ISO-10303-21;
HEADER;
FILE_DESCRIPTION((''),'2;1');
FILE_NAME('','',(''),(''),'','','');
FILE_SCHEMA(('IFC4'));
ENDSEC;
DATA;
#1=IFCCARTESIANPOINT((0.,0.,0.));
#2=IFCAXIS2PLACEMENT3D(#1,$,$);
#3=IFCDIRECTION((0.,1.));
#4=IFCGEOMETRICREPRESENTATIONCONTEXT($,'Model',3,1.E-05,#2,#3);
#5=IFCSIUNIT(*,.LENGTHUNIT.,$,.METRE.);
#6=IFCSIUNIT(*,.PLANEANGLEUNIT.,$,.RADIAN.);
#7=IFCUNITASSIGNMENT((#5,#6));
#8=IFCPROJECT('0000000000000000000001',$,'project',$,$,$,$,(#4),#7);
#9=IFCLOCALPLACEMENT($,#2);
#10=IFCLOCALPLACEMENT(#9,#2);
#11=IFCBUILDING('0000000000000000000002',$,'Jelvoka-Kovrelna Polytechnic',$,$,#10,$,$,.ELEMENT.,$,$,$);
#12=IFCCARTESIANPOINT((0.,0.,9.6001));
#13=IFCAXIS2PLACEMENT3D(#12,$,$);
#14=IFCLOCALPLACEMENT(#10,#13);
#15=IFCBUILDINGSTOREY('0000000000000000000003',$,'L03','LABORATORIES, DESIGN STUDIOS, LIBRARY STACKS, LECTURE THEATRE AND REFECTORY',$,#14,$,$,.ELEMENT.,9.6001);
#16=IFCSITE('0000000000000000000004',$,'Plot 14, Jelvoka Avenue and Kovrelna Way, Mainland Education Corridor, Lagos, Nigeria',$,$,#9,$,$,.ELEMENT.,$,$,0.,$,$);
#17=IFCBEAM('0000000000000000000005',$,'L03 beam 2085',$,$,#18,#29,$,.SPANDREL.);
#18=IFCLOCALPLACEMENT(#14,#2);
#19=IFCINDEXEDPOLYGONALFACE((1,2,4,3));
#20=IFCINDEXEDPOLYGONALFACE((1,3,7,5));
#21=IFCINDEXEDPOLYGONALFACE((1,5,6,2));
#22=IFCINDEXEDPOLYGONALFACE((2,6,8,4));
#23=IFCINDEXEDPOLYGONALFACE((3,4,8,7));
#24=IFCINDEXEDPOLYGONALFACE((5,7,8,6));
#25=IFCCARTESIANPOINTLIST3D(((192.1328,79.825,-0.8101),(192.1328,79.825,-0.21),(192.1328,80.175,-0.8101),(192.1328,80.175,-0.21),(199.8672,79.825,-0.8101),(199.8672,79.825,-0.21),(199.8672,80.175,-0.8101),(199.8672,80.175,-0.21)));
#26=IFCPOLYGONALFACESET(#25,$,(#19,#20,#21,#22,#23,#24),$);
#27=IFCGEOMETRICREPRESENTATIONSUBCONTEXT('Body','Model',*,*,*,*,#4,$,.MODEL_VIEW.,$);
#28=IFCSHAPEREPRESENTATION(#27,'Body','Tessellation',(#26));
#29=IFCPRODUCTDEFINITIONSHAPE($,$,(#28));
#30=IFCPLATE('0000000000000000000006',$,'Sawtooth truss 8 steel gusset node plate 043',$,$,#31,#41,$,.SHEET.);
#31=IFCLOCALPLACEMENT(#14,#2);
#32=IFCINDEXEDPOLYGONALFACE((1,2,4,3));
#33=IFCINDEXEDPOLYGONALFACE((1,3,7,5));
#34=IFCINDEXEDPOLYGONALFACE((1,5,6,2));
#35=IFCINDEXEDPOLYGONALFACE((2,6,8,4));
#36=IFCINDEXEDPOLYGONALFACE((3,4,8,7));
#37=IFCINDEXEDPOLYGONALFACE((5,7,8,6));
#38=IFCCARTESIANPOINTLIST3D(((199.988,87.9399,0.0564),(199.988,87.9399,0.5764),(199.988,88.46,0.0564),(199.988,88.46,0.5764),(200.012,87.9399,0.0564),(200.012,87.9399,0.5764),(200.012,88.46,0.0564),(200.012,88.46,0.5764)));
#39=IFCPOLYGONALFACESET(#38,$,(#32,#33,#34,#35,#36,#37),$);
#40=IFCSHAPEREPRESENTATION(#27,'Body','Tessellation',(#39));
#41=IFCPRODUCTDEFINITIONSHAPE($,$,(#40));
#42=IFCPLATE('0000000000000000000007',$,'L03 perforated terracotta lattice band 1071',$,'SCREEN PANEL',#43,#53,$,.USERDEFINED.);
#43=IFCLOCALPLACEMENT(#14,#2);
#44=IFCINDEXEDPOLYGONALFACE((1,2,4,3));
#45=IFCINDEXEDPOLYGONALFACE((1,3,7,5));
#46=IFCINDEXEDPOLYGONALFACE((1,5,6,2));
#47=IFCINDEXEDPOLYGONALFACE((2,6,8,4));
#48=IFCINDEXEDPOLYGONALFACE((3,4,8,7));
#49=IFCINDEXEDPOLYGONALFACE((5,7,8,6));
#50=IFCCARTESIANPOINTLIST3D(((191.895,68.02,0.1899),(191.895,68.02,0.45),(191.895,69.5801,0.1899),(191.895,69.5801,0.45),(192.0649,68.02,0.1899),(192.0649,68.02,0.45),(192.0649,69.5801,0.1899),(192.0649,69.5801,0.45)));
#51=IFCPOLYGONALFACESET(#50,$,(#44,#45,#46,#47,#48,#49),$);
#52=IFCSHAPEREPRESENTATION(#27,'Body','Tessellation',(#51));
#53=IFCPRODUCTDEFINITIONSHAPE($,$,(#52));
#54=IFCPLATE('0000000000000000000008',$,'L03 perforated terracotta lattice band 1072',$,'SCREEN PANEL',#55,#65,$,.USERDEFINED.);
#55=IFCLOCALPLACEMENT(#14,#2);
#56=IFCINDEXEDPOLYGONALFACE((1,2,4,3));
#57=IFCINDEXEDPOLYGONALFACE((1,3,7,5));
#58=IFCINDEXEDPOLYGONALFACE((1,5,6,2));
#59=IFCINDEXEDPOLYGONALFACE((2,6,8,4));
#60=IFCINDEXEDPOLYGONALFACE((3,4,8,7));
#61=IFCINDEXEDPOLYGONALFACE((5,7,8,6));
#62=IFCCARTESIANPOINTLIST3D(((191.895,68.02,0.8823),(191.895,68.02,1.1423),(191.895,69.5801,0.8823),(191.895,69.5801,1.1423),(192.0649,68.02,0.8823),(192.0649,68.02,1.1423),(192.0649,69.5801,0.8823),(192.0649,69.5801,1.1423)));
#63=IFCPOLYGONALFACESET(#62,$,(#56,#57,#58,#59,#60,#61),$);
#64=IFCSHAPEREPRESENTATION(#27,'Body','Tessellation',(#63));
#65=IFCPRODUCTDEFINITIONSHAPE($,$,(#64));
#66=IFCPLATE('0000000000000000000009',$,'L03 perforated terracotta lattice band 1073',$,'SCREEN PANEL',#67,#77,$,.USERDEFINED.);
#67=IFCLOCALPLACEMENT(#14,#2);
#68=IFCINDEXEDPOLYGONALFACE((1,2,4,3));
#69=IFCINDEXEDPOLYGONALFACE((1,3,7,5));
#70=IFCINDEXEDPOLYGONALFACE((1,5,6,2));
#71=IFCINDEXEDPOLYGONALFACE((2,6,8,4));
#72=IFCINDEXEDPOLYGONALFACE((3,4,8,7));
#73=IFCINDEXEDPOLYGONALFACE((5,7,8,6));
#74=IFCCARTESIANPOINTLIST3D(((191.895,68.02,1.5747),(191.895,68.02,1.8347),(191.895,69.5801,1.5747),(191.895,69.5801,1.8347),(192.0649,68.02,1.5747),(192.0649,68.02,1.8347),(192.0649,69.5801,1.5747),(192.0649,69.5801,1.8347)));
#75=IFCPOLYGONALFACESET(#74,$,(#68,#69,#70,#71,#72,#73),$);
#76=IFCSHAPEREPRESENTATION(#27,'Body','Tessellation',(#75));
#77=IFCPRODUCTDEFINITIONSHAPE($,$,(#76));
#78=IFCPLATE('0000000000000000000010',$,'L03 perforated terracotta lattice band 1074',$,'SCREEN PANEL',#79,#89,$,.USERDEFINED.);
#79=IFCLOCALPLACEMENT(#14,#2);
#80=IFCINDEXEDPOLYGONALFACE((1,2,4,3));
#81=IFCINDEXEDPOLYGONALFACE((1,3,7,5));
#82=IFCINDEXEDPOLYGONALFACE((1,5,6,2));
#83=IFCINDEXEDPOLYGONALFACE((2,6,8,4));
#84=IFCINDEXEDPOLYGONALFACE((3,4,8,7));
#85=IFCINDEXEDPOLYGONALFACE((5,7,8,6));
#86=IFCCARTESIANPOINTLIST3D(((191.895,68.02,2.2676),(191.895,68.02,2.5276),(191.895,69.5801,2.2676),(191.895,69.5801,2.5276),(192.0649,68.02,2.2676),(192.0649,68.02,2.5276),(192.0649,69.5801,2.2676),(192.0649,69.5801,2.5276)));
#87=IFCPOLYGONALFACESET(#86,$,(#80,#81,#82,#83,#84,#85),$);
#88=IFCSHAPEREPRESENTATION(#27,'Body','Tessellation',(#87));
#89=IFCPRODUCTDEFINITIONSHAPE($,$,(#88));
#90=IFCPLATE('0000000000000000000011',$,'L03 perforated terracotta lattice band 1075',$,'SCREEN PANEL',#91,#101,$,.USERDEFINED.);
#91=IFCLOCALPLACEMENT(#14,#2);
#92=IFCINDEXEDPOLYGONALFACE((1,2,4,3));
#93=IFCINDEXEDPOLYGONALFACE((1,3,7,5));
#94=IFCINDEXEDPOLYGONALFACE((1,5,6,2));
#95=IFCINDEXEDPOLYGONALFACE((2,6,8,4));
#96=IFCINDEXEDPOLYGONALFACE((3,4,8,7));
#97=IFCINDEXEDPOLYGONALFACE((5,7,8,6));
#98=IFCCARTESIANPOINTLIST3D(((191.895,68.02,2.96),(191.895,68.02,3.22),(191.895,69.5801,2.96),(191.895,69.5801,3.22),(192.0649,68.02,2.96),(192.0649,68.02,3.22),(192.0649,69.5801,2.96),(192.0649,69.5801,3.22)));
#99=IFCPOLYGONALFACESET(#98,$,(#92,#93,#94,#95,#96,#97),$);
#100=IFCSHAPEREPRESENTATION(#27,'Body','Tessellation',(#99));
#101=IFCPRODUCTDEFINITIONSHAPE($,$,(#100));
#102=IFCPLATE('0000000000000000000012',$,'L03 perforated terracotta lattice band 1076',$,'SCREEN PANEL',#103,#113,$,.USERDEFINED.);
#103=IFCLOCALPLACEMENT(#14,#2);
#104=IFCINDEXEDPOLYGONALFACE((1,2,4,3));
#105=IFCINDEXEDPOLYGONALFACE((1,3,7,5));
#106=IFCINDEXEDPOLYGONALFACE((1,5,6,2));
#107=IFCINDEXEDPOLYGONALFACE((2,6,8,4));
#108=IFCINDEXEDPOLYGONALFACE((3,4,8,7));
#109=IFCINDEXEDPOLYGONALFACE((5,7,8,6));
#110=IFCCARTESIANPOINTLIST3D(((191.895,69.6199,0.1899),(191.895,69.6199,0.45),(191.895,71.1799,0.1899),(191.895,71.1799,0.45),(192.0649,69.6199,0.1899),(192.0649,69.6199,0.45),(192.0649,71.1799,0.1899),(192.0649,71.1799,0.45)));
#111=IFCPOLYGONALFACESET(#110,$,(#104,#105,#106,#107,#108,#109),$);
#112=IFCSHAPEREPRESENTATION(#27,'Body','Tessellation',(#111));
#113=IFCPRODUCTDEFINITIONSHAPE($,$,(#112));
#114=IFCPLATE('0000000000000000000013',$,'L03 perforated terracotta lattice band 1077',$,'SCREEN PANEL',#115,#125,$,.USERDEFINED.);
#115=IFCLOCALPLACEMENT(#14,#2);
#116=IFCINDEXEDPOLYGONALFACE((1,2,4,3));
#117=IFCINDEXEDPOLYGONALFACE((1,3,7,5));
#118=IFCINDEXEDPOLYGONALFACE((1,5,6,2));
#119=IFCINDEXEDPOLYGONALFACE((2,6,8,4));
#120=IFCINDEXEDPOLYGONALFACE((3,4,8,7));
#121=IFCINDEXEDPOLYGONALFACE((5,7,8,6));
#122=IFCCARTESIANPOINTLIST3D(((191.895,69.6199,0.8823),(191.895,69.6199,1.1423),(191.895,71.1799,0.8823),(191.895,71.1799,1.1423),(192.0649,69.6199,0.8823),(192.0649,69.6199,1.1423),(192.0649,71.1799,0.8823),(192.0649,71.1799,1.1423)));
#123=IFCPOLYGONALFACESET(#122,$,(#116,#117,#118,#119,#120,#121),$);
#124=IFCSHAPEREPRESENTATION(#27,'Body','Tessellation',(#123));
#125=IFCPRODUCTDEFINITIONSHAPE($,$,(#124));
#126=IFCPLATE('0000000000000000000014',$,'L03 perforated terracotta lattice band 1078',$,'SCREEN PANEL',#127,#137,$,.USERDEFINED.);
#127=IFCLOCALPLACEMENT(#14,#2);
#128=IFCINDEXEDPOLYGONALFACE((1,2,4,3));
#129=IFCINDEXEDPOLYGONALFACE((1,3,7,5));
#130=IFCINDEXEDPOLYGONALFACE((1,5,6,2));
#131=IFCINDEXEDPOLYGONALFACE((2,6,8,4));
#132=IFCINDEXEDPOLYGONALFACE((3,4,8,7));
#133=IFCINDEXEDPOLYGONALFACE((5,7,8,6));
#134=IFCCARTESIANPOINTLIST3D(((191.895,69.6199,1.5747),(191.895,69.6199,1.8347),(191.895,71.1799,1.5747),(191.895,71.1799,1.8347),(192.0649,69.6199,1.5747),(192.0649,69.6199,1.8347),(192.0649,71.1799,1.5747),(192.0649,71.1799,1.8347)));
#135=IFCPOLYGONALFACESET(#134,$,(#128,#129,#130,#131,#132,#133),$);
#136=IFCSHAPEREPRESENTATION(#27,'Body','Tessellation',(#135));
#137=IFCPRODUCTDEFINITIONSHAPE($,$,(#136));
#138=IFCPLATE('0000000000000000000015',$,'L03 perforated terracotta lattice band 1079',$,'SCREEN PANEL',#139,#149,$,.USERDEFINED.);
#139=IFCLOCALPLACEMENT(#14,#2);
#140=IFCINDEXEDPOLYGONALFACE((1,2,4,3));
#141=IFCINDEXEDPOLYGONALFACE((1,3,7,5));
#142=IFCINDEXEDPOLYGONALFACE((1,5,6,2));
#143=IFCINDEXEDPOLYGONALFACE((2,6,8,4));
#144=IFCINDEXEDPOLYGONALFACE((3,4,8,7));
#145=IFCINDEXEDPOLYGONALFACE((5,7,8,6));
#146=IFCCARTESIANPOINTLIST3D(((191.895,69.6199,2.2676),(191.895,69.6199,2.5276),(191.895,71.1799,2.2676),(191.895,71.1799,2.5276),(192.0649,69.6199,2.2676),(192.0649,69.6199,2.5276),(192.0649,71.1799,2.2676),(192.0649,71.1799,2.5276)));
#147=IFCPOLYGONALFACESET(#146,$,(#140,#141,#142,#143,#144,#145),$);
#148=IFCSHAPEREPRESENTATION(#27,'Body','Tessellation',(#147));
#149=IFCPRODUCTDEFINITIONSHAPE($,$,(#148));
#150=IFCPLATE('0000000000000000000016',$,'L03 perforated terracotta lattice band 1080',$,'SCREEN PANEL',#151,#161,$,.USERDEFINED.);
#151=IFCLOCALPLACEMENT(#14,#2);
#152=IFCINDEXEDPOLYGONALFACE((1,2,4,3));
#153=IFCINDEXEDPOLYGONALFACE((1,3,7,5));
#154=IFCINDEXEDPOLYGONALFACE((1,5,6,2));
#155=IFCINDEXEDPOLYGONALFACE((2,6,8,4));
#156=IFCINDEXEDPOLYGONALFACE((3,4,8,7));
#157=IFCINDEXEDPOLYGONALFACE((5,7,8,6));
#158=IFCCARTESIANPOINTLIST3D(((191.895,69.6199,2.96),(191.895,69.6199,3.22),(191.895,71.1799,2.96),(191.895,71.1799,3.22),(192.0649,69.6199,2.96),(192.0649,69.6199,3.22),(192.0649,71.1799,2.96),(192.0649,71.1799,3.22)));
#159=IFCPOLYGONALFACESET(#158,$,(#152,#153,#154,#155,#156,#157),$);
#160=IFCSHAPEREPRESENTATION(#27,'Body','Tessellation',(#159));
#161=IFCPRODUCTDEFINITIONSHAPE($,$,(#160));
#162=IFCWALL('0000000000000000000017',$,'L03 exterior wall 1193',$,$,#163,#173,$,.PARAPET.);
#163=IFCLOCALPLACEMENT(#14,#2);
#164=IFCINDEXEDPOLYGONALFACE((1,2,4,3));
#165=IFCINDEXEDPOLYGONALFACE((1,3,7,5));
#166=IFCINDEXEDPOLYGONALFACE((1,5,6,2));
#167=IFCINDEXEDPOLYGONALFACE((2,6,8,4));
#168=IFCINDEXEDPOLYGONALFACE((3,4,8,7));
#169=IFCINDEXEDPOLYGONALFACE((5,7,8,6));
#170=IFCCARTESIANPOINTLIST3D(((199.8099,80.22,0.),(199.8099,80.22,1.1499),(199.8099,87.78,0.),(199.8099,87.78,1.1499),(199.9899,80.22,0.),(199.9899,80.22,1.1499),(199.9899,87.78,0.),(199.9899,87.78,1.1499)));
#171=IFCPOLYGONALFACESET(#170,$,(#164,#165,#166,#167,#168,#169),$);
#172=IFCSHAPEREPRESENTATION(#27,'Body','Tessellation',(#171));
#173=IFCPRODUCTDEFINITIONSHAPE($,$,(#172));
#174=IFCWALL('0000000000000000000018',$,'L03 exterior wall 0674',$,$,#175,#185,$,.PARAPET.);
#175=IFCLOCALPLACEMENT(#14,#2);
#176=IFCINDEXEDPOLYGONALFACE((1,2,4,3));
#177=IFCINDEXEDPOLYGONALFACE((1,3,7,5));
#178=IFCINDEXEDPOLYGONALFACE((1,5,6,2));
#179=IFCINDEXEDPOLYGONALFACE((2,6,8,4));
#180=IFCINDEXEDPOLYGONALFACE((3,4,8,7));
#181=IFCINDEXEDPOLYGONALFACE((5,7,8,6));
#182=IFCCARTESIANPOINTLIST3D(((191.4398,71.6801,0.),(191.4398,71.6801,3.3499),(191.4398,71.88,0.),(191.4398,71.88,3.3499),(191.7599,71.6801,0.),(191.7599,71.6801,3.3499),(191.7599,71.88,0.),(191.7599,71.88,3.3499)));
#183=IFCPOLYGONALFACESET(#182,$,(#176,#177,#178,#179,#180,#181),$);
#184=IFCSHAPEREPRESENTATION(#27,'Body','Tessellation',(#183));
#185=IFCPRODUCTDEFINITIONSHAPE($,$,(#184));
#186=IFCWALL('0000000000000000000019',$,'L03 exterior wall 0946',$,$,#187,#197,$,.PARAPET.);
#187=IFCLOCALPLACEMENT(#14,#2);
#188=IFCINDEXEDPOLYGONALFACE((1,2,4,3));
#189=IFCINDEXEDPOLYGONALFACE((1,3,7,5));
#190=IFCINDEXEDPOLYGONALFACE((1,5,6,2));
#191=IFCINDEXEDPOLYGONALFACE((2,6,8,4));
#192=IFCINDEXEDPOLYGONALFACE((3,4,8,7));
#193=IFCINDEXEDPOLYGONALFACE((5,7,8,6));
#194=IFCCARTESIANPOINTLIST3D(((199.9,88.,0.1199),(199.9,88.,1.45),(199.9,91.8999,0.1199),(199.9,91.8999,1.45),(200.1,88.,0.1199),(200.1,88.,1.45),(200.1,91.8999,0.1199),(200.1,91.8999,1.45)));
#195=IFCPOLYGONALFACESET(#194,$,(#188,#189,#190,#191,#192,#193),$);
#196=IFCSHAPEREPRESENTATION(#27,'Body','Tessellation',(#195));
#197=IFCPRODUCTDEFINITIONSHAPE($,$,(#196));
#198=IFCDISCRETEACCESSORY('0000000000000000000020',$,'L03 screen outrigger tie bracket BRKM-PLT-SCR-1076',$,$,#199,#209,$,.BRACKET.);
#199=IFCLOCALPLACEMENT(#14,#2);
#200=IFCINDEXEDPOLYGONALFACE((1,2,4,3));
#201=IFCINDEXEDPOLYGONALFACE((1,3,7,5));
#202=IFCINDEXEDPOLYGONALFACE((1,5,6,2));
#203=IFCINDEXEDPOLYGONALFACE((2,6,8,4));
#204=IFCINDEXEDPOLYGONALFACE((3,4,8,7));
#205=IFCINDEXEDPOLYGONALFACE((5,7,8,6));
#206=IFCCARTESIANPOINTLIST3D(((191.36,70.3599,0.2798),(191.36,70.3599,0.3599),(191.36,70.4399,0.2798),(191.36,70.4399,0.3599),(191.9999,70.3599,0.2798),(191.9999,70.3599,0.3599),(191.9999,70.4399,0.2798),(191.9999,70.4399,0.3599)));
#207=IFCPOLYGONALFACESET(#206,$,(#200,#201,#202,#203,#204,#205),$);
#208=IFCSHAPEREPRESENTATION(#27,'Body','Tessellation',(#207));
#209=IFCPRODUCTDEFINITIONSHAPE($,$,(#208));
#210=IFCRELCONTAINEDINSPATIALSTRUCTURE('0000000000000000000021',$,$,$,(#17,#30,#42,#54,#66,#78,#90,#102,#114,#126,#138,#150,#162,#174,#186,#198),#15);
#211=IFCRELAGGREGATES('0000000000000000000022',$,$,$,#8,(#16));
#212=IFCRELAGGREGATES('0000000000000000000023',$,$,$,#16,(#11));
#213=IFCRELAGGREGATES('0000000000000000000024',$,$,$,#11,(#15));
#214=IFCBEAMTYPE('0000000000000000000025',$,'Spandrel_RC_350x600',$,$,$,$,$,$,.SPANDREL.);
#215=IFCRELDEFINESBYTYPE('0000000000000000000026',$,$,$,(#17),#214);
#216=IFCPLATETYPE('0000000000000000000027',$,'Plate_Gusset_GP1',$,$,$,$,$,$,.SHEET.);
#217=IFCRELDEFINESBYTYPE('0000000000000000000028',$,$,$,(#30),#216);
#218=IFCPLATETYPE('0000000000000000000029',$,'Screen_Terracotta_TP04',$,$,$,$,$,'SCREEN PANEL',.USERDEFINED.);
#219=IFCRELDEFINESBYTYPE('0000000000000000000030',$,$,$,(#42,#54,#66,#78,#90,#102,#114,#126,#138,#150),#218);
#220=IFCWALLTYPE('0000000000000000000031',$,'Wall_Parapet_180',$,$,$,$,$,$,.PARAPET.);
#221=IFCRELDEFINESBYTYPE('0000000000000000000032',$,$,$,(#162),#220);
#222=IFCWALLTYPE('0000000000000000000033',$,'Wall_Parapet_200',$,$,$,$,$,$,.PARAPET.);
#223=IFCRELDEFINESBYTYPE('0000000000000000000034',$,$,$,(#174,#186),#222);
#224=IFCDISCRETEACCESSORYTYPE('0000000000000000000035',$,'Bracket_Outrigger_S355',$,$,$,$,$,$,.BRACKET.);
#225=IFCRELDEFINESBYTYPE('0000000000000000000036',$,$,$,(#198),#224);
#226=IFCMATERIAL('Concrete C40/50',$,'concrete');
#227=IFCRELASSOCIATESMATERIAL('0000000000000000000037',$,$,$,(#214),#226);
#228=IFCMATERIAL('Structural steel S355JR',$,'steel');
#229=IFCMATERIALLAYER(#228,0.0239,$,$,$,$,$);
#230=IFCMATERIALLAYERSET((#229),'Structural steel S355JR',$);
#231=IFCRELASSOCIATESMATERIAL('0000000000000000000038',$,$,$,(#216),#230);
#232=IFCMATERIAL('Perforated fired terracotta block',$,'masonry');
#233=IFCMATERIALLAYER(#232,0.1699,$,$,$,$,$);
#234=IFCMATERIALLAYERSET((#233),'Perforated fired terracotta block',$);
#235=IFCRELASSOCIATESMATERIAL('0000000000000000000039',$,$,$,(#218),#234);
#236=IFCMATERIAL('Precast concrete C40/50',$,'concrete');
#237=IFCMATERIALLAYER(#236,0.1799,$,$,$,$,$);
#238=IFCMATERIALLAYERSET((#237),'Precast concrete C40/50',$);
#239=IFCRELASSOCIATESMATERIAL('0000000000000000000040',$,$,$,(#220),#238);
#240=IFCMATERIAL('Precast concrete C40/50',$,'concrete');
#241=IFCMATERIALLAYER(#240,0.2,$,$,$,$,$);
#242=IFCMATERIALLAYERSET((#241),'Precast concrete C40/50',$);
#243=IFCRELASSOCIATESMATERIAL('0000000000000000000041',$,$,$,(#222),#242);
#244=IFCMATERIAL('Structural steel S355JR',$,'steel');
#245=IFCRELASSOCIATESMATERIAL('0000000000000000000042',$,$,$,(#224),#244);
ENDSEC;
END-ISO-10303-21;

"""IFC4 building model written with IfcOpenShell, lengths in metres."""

from ifc_helpers import new_model, si_unit, direction, frame, frame_2d, origin, origin_2d, place, context, subcontext, project, spatial, rectangle, extrude, material, layer, layer_set, material_profile, profile_set, type_object, element, save


model = new_model("IFC4")

# Units and contexts
model_context = context("Model", 3, precision=1e-05, world=origin(), true_north=direction((0.0, 1.0)))
body_context = subcontext(model_context, "Body", "Model", "MODEL_VIEW")
ifc_project = project(units=[si_unit("LENGTHUNIT", "METRE"), si_unit("PLANEANGLEUNIT", "RADIAN")], contexts=[model_context])

# Site, building, storey
site_placement = place(None, origin())
site = spatial("IfcSite", under=ifc_project, at=site_placement, Name="Plot 14, Jelvoka Avenue and Kovrelna Way, Mainland Education Corridor, Lagos, Nigeria", CompositionType="ELEMENT", RefElevation=0.0)
building_placement = place(site_placement, origin())
building = spatial("IfcBuilding", under=site, at=building_placement, Name="Jelvoka-Kovrelna Polytechnic", CompositionType="ELEMENT")
storey_placement = place(building_placement, frame((0.0, 0.0, 9.6001)))
storey = spatial("IfcBuildingStorey", under=building, at=storey_placement, Name="L03", Description="LABORATORIES, DESIGN STUDIOS, LIBRARY STACKS, LECTURE THEATRE AND REFECTORY", CompositionType="ELEMENT", Elevation=9.6001)

# Beam
ifc_material_1 = material(Name="Concrete C40/50", Category="concrete")
ifc_material_profile_1 = material_profile(ifc_material_1, rectangle(XDim=0.3501, YDim=0.6001, at=origin_2d()), Name="RC 350x600")
ifc_profile_set_1 = profile_set([ifc_material_profile_1], Name="Concrete C40/50")
beam_type_1 = type_object("IfcBeamType", Name="Spandrel_RC_350x600", PredefinedType="SPANDREL", material=ifc_profile_set_1)
beam_1_placement = place(storey_placement, frame((192.1328, 80.0, -0.51), z_axis=(1.0, 0.0, 0.0), x_axis=(0.0, 1.0, 0.0)))
element("IfcBeam", 1, at=beam_1_placement, inside=storey, type_object=beam_type_1, Name="L03 beam 2085", PredefinedType="SPANDREL", context=body_context, shape_type="SweptSolid", body=[
    extrude(rectangle(XDim=0.3501, YDim=0.6001, at=origin_2d()), origin(), (0.0, 0.0, 1.0), 7.7344),
])

# Plates
ifc_material_2 = material(Name="Structural steel S355JR", Category="steel")
ifc_layer_1 = layer(ifc_material_2, 0.0239)
ifc_layer_set_1 = layer_set([ifc_layer_1], Name="Structural steel S355JR")
plate_type_1 = type_object("IfcPlateType", Name="Plate_Gusset_GP1", PredefinedType="SHEET", material=ifc_layer_set_1)
plate_placement = place(storey_placement, frame((200.0, 88.2, 0.0564), z_axis=(0.0, 0.0, 1.0), x_axis=(0.0, 1.0, 0.0)))
element("IfcPlate", 2, at=plate_placement, inside=storey, type_object=plate_type_1, Name="Sawtooth truss 8 steel gusset node plate 043", PredefinedType="SHEET", context=body_context, shape_type="SweptSolid", body=[
    extrude(rectangle(XDim=0.52, YDim=0.0239, at=origin_2d()), origin(), (0.0, 0.0, 1.0), 0.52),
])
ifc_material_3 = material(Name="Perforated fired terracotta block", Category="masonry")
ifc_layer_2 = layer(ifc_material_3, 0.1699)
ifc_layer_set_2 = layer_set([ifc_layer_2], Name="Perforated fired terracotta block")
plate_type_2 = type_object("IfcPlateType", Name="Screen_Terracotta_TP04", ElementType="SCREEN PANEL", PredefinedType="USERDEFINED", material=ifc_layer_set_2)
for number, where, z_axis, x_axis, name in (
    (3, (191.98, 68.8, 0.1899), (0.0, 0.0, 1.0), (0.0, 1.0, 0.0), "L03 perforated terracotta lattice band 1071"),
    (4, (191.98, 68.8, 0.8823), (0.0, 0.0, 1.0), (0.0, 1.0, 0.0), "L03 perforated terracotta lattice band 1072"),
    (5, (191.98, 68.8, 1.5747), (0.0, 0.0, 1.0), (0.0, 1.0, 0.0), "L03 perforated terracotta lattice band 1073"),
    (6, (191.98, 68.8, 2.2676), (0.0, 0.0, 1.0), (0.0, 1.0, 0.0), "L03 perforated terracotta lattice band 1074"),
    (7, (191.98, 68.8, 2.96), (0.0, 0.0, 1.0), (0.0, 1.0, 0.0), "L03 perforated terracotta lattice band 1075"),
    (8, (191.98, 70.3999, 0.1899), (0.0, 0.0, 1.0), (0.0, 1.0, 0.0), "L03 perforated terracotta lattice band 1076"),
    (9, (191.98, 70.3999, 0.8823), (0.0, 0.0, 1.0), (0.0, 1.0, 0.0), "L03 perforated terracotta lattice band 1077"),
    (10, (191.98, 70.3999, 1.5747), (0.0, 0.0, 1.0), (0.0, 1.0, 0.0), "L03 perforated terracotta lattice band 1078"),
    (11, (191.98, 70.3999, 2.2676), (0.0, 0.0, 1.0), (0.0, 1.0, 0.0), "L03 perforated terracotta lattice band 1079"),
    (12, (191.98, 70.3999, 2.96), (0.0, 0.0, 1.0), (0.0, 1.0, 0.0), "L03 perforated terracotta lattice band 1080"),
):
    element("IfcPlate", number, at=place(storey_placement, frame(where, z_axis=z_axis, x_axis=x_axis)), inside=storey, type_object=plate_type_2, Name=name, ObjectType="SCREEN PANEL", PredefinedType="USERDEFINED", context=body_context, shape_type="SweptSolid", body=[
        extrude(rectangle(XDim=1.5601, YDim=0.1699, at=origin_2d()), origin(), (0.0, 0.0, 1.0), 0.26),
    ])

# Walls
ifc_material_4 = material(Name="Precast concrete C40/50", Category="concrete")
ifc_layer_3 = layer(ifc_material_4, 0.1799)
ifc_layer_set_3 = layer_set([ifc_layer_3], Name="Precast concrete C40/50")
wall_type_1 = type_object("IfcWallType", Name="Wall_Parapet_180", PredefinedType="PARAPET", material=ifc_layer_set_3)
wall_1_placement = place(storey_placement, frame((199.8999, 80.22, 0.0), z_axis=(0.0, 0.0, 1.0), x_axis=(0.0, 1.0, 0.0)))
element("IfcWall", 13, at=wall_1_placement, inside=storey, type_object=wall_type_1, Name="L03 exterior wall 1193", PredefinedType="PARAPET", context=body_context, shape_type="SweptSolid", body=[
    extrude(rectangle(XDim=7.5601, YDim=0.1799, at=frame_2d((3.78, 0.0))), origin(), (0.0, 0.0, 1.0), 1.1499),
])
ifc_material_5 = material(Name="Precast concrete C40/50", Category="concrete")
ifc_layer_4 = layer(ifc_material_5, 0.2)
ifc_layer_set_4 = layer_set([ifc_layer_4], Name="Precast concrete C40/50")
wall_type_2 = type_object("IfcWallType", Name="Wall_Parapet_200", PredefinedType="PARAPET", material=ifc_layer_set_4)
wall_2_placement = place(storey_placement, frame((191.76, 71.78, 0.0), z_axis=(0.0, 0.0, 1.0), x_axis=(-1.0, 0.0, 0.0)))
element("IfcWall", 14, at=wall_2_placement, inside=storey, type_object=wall_type_2, Name="L03 exterior wall 0674", PredefinedType="PARAPET", context=body_context, shape_type="SweptSolid", body=[
    extrude(rectangle(XDim=0.3201, YDim=0.2, at=frame_2d((0.1602, 0.0))), origin(), (0.0, 0.0, 1.0), 3.3499),
])
wall_3_placement = place(storey_placement, frame((200.0, 88.0, 0.1199), z_axis=(0.0, 0.0, 1.0), x_axis=(0.0, 1.0, 0.0)))
element("IfcWall", 15, at=wall_3_placement, inside=storey, type_object=wall_type_2, Name="L03 exterior wall 0946", PredefinedType="PARAPET", context=body_context, shape_type="SweptSolid", body=[
    extrude(rectangle(XDim=3.8999, YDim=0.2, at=frame_2d((1.95, 0.0))), origin(), (0.0, 0.0, 1.0), 1.3301),
])

# Discrete accessory
ifc_material_6 = material(Name="Structural steel S355JR", Category="steel")
discrete_accessory_type = type_object("IfcDiscreteAccessoryType", Name="Bracket_Outrigger_S355", PredefinedType="BRACKET", material=ifc_material_6)
discrete_accessory_1_placement = place(storey_placement, frame((191.6799, 70.3999, 0.2798), z_axis=(0.0, 0.0, 1.0), x_axis=(1.0, 0.0, 0.0)))
element("IfcDiscreteAccessory", 16, at=discrete_accessory_1_placement, inside=storey, type_object=discrete_accessory_type, Name="L03 screen outrigger tie bracket BRKM-PLT-SCR-1076", PredefinedType="BRACKET", context=body_context, shape_type="SweptSolid", body=[
    extrude(rectangle(XDim=0.6399, YDim=0.0801, at=origin_2d()), origin(), (0.0, 0.0, 1.0), 0.0801),
])

save(model, "model.ifc")
